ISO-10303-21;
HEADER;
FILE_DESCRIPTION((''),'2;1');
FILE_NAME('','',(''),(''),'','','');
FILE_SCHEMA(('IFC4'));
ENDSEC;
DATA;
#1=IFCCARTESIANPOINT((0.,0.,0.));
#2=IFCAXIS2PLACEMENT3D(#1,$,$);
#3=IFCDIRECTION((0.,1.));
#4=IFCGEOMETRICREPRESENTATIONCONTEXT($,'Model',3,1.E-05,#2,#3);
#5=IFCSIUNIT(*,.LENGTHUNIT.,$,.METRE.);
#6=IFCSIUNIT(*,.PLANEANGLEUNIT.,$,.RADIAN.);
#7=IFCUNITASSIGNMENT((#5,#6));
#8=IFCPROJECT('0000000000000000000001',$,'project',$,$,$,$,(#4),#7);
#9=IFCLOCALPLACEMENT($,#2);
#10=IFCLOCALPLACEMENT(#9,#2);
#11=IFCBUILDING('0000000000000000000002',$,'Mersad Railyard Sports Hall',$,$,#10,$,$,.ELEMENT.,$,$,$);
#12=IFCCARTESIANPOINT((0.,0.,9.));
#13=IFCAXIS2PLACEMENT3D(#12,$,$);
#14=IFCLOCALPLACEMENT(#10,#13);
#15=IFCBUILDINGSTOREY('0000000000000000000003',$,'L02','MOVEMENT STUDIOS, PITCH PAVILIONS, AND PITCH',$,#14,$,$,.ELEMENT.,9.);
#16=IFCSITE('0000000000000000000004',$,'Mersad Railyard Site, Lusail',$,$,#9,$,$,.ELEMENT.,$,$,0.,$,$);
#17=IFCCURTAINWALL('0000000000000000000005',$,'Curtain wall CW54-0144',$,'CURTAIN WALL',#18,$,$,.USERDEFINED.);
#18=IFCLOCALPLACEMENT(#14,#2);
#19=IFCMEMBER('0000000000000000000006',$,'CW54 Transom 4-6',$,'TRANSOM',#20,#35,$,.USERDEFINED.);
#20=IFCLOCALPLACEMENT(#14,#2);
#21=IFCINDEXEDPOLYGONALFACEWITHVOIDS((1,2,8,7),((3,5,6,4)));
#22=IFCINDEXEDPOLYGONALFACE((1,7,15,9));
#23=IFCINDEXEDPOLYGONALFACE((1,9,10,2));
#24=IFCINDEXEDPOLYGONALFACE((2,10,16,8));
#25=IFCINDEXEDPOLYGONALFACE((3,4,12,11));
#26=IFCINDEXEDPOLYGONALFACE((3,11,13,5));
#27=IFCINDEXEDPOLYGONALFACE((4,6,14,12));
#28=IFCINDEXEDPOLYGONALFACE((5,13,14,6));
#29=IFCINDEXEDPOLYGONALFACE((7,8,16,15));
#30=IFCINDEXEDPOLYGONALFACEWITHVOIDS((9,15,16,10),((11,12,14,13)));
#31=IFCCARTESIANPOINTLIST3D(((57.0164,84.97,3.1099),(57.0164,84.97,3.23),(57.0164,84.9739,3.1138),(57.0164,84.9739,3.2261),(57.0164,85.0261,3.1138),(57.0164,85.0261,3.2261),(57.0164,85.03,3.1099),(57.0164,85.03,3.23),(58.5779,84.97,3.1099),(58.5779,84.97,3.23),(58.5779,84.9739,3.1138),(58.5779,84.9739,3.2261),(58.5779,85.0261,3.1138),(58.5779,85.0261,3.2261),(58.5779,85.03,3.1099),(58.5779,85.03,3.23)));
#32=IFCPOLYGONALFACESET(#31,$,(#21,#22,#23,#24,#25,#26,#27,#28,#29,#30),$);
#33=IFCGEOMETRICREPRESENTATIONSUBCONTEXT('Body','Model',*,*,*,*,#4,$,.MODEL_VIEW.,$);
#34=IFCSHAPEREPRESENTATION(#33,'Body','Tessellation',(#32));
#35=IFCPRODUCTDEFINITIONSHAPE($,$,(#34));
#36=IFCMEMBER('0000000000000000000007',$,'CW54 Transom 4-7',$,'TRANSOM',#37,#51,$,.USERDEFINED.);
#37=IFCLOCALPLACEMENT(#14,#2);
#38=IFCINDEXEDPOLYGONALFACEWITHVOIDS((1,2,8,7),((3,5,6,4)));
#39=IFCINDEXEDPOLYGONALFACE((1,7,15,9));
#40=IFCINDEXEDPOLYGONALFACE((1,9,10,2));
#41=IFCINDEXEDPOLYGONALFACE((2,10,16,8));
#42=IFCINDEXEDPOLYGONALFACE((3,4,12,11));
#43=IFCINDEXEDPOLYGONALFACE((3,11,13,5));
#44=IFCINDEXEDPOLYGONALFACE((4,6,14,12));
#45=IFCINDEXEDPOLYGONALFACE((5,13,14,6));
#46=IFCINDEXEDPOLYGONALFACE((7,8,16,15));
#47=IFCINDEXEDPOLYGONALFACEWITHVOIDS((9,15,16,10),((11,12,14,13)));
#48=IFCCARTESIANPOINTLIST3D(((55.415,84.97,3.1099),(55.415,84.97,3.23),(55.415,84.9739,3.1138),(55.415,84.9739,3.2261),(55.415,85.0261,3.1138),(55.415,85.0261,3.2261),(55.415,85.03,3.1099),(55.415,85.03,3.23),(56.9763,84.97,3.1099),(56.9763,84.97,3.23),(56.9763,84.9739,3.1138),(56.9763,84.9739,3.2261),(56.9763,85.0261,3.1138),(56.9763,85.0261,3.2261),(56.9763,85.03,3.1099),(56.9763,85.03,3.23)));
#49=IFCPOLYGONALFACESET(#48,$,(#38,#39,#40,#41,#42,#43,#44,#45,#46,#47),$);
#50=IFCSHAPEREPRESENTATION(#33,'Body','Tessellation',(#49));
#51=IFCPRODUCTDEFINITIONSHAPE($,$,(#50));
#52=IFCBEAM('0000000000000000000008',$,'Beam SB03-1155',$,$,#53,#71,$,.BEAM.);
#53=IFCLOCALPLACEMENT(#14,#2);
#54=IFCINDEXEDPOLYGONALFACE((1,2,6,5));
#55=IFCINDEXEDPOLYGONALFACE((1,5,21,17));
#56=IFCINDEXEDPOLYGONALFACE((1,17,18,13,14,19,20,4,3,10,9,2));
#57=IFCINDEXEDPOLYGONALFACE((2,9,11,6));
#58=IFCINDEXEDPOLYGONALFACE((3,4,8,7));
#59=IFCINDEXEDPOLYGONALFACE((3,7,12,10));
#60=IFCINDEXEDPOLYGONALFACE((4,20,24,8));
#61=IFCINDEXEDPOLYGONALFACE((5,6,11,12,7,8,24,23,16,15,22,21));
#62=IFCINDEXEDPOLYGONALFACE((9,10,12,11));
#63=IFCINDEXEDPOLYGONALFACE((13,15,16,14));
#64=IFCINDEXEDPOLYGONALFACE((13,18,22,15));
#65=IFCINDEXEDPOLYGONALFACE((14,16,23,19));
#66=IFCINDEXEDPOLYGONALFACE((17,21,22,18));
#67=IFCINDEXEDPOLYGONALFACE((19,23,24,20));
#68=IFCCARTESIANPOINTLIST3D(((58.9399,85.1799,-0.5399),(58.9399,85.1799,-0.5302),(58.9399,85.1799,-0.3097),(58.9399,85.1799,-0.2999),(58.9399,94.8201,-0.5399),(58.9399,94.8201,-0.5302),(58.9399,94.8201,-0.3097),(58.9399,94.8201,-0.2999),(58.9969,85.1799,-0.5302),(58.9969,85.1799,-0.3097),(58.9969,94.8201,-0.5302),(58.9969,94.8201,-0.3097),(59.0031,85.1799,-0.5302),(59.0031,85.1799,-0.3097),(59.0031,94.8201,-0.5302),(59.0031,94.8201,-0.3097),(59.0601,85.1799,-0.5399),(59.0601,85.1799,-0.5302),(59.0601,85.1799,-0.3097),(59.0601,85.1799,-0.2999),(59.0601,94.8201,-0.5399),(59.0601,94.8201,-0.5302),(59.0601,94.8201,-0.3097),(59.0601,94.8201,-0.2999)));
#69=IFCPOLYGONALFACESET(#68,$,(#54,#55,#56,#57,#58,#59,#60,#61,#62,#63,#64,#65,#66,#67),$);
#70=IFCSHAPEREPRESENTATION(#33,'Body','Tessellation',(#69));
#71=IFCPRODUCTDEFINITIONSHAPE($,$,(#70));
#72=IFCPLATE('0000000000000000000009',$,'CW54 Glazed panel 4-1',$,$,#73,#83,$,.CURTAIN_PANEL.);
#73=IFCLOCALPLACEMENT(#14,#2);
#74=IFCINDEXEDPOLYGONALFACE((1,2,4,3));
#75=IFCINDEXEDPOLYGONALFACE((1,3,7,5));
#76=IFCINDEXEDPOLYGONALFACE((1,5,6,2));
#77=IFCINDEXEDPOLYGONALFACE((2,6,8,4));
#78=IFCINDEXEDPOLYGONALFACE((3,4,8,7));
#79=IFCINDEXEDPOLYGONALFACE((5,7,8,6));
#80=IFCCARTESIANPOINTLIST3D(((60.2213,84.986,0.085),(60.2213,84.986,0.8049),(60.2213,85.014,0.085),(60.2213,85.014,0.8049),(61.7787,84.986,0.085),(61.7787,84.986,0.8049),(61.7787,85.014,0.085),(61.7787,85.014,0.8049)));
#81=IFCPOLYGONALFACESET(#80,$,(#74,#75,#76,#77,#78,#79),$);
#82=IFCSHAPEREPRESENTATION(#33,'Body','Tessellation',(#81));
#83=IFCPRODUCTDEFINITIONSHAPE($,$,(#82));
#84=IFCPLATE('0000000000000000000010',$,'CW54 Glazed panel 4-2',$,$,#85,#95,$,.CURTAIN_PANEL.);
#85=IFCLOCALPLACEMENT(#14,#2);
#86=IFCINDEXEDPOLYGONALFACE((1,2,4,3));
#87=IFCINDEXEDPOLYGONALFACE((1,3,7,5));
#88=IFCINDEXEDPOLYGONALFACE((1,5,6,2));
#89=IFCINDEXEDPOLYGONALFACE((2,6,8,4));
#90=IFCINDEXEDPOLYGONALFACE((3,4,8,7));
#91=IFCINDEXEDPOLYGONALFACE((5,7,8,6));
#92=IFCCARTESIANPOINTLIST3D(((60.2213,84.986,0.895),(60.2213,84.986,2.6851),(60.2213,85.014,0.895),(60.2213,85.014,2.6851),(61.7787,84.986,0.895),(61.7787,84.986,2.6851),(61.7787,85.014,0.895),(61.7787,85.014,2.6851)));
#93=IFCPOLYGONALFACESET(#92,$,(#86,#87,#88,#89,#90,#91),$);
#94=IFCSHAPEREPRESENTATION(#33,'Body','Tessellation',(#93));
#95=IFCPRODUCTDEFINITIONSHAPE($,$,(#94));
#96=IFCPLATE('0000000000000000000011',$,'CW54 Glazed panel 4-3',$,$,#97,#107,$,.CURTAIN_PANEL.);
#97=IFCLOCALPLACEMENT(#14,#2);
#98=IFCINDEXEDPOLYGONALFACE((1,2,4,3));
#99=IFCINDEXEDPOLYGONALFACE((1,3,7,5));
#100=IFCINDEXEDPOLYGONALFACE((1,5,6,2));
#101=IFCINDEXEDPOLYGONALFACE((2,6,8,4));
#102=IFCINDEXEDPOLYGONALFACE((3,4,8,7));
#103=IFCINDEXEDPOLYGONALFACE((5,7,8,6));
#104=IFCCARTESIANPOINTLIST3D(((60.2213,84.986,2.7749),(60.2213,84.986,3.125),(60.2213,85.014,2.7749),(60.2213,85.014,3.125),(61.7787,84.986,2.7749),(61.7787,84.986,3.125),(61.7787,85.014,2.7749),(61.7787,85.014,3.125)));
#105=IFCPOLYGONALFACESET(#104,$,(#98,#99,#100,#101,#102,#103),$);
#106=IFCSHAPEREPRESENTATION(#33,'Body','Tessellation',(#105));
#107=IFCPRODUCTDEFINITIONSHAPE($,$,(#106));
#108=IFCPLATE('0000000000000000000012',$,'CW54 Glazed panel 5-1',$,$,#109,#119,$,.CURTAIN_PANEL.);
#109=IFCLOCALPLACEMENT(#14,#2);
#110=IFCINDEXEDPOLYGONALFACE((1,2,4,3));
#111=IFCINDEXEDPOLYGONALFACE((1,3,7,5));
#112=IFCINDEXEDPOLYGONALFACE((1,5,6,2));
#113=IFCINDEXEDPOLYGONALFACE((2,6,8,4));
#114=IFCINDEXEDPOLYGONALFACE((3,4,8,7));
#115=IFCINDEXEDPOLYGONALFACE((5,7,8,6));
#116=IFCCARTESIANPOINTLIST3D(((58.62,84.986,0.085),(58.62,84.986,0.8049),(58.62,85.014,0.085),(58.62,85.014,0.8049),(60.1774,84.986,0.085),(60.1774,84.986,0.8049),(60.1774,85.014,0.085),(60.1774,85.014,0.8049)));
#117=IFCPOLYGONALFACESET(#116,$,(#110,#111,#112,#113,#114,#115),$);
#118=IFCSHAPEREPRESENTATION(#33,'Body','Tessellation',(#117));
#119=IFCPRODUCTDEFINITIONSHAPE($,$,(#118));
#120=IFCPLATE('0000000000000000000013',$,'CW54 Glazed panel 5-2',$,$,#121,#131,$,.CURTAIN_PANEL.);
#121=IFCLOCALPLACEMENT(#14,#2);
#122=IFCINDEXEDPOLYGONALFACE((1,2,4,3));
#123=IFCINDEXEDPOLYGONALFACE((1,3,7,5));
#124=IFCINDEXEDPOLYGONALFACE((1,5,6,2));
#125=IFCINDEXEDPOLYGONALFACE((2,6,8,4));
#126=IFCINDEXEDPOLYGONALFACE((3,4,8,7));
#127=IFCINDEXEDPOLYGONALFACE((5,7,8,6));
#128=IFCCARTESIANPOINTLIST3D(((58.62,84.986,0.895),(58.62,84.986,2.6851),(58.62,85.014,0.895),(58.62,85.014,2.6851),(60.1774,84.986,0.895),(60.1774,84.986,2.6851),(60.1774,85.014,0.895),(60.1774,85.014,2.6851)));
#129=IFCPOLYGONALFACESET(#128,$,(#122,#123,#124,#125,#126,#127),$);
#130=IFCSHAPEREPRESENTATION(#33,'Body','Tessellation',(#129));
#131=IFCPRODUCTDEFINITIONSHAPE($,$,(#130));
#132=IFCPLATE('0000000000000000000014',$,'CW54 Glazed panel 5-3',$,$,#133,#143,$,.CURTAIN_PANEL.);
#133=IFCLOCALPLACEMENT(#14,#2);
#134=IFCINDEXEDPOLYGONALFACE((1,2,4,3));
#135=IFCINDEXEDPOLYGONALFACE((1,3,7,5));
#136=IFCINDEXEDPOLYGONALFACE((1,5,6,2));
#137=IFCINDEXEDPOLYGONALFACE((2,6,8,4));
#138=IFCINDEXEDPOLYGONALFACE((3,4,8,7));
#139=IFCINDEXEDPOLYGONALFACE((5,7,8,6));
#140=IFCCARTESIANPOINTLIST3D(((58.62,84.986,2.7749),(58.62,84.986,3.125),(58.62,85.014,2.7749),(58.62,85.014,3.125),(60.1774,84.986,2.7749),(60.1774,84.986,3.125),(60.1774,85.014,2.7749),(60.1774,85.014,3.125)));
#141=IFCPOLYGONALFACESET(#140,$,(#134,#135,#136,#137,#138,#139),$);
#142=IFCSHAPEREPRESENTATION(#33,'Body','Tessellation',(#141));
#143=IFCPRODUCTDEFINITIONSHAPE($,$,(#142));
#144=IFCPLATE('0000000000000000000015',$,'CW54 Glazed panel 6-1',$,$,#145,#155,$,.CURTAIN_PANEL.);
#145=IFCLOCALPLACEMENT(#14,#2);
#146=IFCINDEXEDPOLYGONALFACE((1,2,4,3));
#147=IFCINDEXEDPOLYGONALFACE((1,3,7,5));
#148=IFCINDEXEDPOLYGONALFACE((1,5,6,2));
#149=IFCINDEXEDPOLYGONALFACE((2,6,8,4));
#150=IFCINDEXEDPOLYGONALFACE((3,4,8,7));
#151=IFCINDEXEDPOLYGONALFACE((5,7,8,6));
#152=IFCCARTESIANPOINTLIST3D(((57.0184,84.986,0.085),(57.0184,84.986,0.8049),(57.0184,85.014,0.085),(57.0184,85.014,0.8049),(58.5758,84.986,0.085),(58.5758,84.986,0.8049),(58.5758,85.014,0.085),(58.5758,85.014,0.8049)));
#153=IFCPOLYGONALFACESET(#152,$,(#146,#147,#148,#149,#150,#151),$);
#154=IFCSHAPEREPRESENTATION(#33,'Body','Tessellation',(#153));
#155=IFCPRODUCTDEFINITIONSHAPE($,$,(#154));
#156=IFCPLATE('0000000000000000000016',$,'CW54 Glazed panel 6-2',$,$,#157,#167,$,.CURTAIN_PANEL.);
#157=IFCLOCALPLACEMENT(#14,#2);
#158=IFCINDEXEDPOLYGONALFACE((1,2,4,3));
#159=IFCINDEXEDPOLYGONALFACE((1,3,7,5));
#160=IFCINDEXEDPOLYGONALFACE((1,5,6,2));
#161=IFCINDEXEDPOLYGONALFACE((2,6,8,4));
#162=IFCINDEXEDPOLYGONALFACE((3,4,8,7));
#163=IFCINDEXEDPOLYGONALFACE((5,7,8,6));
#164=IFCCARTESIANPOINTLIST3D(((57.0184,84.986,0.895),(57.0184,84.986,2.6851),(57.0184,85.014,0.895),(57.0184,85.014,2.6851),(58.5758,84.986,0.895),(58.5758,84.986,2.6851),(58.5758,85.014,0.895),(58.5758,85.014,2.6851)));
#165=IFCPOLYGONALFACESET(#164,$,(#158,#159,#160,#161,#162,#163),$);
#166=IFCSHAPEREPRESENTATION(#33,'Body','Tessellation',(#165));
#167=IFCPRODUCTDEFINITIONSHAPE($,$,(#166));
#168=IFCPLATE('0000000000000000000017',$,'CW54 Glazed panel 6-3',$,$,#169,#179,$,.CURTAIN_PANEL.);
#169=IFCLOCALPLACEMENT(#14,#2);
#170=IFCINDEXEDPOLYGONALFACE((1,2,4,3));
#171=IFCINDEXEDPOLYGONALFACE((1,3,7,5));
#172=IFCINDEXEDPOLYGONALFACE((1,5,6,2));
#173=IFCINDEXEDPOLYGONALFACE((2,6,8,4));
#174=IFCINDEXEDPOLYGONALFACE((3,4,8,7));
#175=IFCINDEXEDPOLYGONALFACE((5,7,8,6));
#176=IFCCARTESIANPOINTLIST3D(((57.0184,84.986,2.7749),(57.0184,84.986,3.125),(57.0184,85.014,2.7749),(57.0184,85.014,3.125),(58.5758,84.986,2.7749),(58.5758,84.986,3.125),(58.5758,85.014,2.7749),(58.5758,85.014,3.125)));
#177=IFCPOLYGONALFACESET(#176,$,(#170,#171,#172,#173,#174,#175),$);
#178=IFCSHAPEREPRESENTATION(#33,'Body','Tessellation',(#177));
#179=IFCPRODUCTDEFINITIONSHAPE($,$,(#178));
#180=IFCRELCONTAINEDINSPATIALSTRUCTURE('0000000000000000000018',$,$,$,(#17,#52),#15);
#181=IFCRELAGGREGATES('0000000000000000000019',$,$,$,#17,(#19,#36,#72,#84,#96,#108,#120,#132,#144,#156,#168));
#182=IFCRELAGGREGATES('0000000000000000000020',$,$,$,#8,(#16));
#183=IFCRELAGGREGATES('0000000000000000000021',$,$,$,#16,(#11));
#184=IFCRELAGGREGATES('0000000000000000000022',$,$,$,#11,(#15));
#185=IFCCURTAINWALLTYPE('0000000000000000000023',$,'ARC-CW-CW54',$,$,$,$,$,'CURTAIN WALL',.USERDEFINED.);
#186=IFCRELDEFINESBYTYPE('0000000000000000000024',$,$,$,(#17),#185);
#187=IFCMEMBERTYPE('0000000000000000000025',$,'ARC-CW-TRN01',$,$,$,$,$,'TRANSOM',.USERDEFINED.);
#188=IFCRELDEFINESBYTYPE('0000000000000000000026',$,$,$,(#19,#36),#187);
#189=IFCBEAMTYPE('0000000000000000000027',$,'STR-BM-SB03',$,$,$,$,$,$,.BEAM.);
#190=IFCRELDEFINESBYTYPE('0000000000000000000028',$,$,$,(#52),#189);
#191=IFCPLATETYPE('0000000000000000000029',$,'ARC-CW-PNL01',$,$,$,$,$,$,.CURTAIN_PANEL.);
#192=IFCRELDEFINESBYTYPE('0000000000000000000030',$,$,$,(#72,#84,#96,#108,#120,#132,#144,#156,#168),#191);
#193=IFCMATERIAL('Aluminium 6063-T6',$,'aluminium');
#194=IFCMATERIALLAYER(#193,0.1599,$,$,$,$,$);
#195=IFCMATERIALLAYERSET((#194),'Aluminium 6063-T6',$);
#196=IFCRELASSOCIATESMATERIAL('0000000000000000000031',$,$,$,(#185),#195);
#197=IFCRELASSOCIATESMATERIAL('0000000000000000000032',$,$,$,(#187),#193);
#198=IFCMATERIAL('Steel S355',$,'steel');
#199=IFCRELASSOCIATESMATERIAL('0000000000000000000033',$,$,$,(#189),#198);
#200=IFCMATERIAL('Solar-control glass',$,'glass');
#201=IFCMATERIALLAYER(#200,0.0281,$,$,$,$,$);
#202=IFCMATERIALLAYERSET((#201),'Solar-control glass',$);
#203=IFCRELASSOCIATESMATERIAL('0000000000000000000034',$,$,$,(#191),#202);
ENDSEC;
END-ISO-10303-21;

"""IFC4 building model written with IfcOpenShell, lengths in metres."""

from ifc_helpers import new_model, si_unit, direction, frame, origin, origin_2d, place, context, subcontext, project, spatial, rectangle, hollow_rectangle, i_section, extrude, material, layer, layer_set, material_profile, profile_set, type_object, element, aggregate, save


model = new_model("IFC4")

# Units and contexts
model_context = context("Model", 3, precision=1e-05, world=origin(), true_north=direction((0.0, 1.0)))
body_context = subcontext(model_context, "Body", "Model", "MODEL_VIEW")
ifc_project = project(units=[si_unit("LENGTHUNIT", "METRE"), si_unit("PLANEANGLEUNIT", "RADIAN")], contexts=[model_context])

# Site, building, storey
site_placement = place(None, origin())
site = spatial("IfcSite", under=ifc_project, at=site_placement, Name="Mersad Railyard Site, Lusail", CompositionType="ELEMENT", RefElevation=0.0)
building_placement = place(site_placement, origin())
building = spatial("IfcBuilding", under=site, at=building_placement, Name="Mersad Railyard Sports Hall", CompositionType="ELEMENT")
storey_placement = place(building_placement, frame((0.0, 0.0, 9.0)))
storey = spatial("IfcBuildingStorey", under=building, at=storey_placement, Name="L02", Description="MOVEMENT STUDIOS, PITCH PAVILIONS, AND PITCH", CompositionType="ELEMENT", Elevation=9.0)

# Curtain wall, members
ifc_material_1 = material(Name="Aluminium 6063-T6", Category="aluminium")
ifc_layer_1 = layer(ifc_material_1, 0.1599)
ifc_layer_set_1 = layer_set([ifc_layer_1], Name="Aluminium 6063-T6")
curtain_wall_type = type_object("IfcCurtainWallType", Name="ARC-CW-CW54", ElementType="CURTAIN WALL", PredefinedType="USERDEFINED", material=ifc_layer_set_1)
curtain_wall_placement = place(storey_placement, origin())
curtain_wall = element("IfcCurtainWall", 1, at=curtain_wall_placement, inside=storey, type_object=curtain_wall_type, Name="Curtain wall CW54-0144", ObjectType="CURTAIN WALL", PredefinedType="USERDEFINED")
ifc_material_profile_1 = material_profile(ifc_material_1, hollow_rectangle(XDim=0.0601, YDim=0.1201, WallThickness=0.0039, at=origin_2d()), Name="AL TRANSOM 60x120x4")
ifc_profile_set_1 = profile_set([ifc_material_profile_1], Name="Aluminium 6063-T6")
member_type_1 = type_object("IfcMemberType", Name="ARC-CW-TRN01", ElementType="TRANSOM", PredefinedType="USERDEFINED", material=ifc_profile_set_1)
member_1_placement = place(storey_placement, frame((58.5779, 85.0, 3.1699), z_axis=(-1.0, 0.0, 0.0), x_axis=(0.0, -1.0, 0.0)))
member_1 = element("IfcMember", 2, at=member_1_placement, type_object=member_type_1, Name="CW54 Transom 4-6", ObjectType="TRANSOM", PredefinedType="USERDEFINED", context=body_context, shape_type="SweptSolid", body=[
    extrude(hollow_rectangle(XDim=0.0601, YDim=0.1201, WallThickness=0.0039, at=origin_2d()), origin(), (0.0, 0.0, 1.0), 1.5615),
])
member_2_placement = place(storey_placement, frame((56.9763, 85.0, 3.1699), z_axis=(-1.0, 0.0, 0.0), x_axis=(0.0, -1.0, 0.0)))
member_2 = element("IfcMember", 3, at=member_2_placement, type_object=member_type_1, Name="CW54 Transom 4-7", ObjectType="TRANSOM", PredefinedType="USERDEFINED", context=body_context, shape_type="SweptSolid", body=[
    extrude(hollow_rectangle(XDim=0.0601, YDim=0.1201, WallThickness=0.0039, at=origin_2d()), origin(), (0.0, 0.0, 1.0), 1.5613),
])

# Beam
ifc_material_2 = material(Name="Steel S355", Category="steel")
ifc_material_profile_2 = material_profile(ifc_material_2, i_section(OverallWidth=0.1201, OverallDepth=0.24, WebThickness=0.0061, FlangeThickness=0.0098, at=origin_2d()), Name="IPE 240")
ifc_profile_set_2 = profile_set([ifc_material_profile_2], Name="Steel S355")
beam_type = type_object("IfcBeamType", Name="STR-BM-SB03", PredefinedType="BEAM", material=ifc_profile_set_2)
beam_placement = place(storey_placement, frame((59.0, 85.1799, -0.4199), z_axis=(0.0, 1.0, 0.0), x_axis=(-1.0, 0.0, 0.0)))
element("IfcBeam", 4, at=beam_placement, inside=storey, type_object=beam_type, Name="Beam SB03-1155", PredefinedType="BEAM", context=body_context, shape_type="SweptSolid", body=[
    extrude(i_section(OverallWidth=0.1201, OverallDepth=0.24, WebThickness=0.0061, FlangeThickness=0.0098, at=origin_2d()), origin(), (0.0, 0.0, 1.0), 9.6401),
])

# Plates
ifc_material_3 = material(Name="Solar-control glass", Category="glass")
ifc_layer_2 = layer(ifc_material_3, 0.0281)
ifc_layer_set_2 = layer_set([ifc_layer_2], Name="Solar-control glass")
plate_type = type_object("IfcPlateType", Name="ARC-CW-PNL01", PredefinedType="CURTAIN_PANEL", material=ifc_layer_set_2)
plate_1_placement = place(storey_placement, frame((61.0, 85.0, 0.085), z_axis=(0.0, 0.0, 1.0), x_axis=(-1.0, 0.0, 0.0)))
plate_1 = element("IfcPlate", 5, at=plate_1_placement, type_object=plate_type, Name="CW54 Glazed panel 4-1", PredefinedType="CURTAIN_PANEL", context=body_context, shape_type="SweptSolid", body=[
    extrude(rectangle(XDim=1.5574, YDim=0.0281, at=origin_2d()), origin(), (0.0, 0.0, 1.0), 0.72),
])
plate_2_placement = place(storey_placement, frame((61.0, 85.0, 0.895), z_axis=(0.0, 0.0, 1.0), x_axis=(-1.0, 0.0, 0.0)))
plate_2 = element("IfcPlate", 6, at=plate_2_placement, type_object=plate_type, Name="CW54 Glazed panel 4-2", PredefinedType="CURTAIN_PANEL", context=body_context, shape_type="SweptSolid", body=[
    extrude(rectangle(XDim=1.5574, YDim=0.0281, at=origin_2d()), origin(), (0.0, 0.0, 1.0), 1.79),
])
plate_3_placement = place(storey_placement, frame((61.0, 85.0, 2.7749), z_axis=(0.0, 0.0, 1.0), x_axis=(-1.0, 0.0, 0.0)))
plate_3 = element("IfcPlate", 7, at=plate_3_placement, type_object=plate_type, Name="CW54 Glazed panel 4-3", PredefinedType="CURTAIN_PANEL", context=body_context, shape_type="SweptSolid", body=[
    extrude(rectangle(XDim=1.5574, YDim=0.0281, at=origin_2d()), origin(), (0.0, 0.0, 1.0), 0.3501),
])
plate_4_placement = place(storey_placement, frame((59.3987, 85.0, 0.085), z_axis=(0.0, 0.0, 1.0), x_axis=(-1.0, 0.0, 0.0)))
plate_4 = element("IfcPlate", 8, at=plate_4_placement, type_object=plate_type, Name="CW54 Glazed panel 5-1", PredefinedType="CURTAIN_PANEL", context=body_context, shape_type="SweptSolid", body=[
    extrude(rectangle(XDim=1.5574, YDim=0.0281, at=origin_2d()), origin(), (0.0, 0.0, 1.0), 0.72),
])
plate_5_placement = place(storey_placement, frame((59.3987, 85.0, 0.895), z_axis=(0.0, 0.0, 1.0), x_axis=(-1.0, 0.0, 0.0)))
plate_5 = element("IfcPlate", 9, at=plate_5_placement, type_object=plate_type, Name="CW54 Glazed panel 5-2", PredefinedType="CURTAIN_PANEL", context=body_context, shape_type="SweptSolid", body=[
    extrude(rectangle(XDim=1.5574, YDim=0.0281, at=origin_2d()), origin(), (0.0, 0.0, 1.0), 1.79),
])
plate_6_placement = place(storey_placement, frame((59.3987, 85.0, 2.7749), z_axis=(0.0, 0.0, 1.0), x_axis=(-1.0, 0.0, 0.0)))
plate_6 = element("IfcPlate", 10, at=plate_6_placement, type_object=plate_type, Name="CW54 Glazed panel 5-3", PredefinedType="CURTAIN_PANEL", context=body_context, shape_type="SweptSolid", body=[
    extrude(rectangle(XDim=1.5574, YDim=0.0281, at=origin_2d()), origin(), (0.0, 0.0, 1.0), 0.3501),
])
plate_7_placement = place(storey_placement, frame((57.7971, 85.0, 0.085), z_axis=(0.0, 0.0, 1.0), x_axis=(-1.0, 0.0, 0.0)))
plate_7 = element("IfcPlate", 11, at=plate_7_placement, type_object=plate_type, Name="CW54 Glazed panel 6-1", PredefinedType="CURTAIN_PANEL", context=body_context, shape_type="SweptSolid", body=[
    extrude(rectangle(XDim=1.5574, YDim=0.0281, at=origin_2d()), origin(), (0.0, 0.0, 1.0), 0.72),
])
plate_8_placement = place(storey_placement, frame((57.7971, 85.0, 0.895), z_axis=(0.0, 0.0, 1.0), x_axis=(-1.0, 0.0, 0.0)))
plate_8 = element("IfcPlate", 12, at=plate_8_placement, type_object=plate_type, Name="CW54 Glazed panel 6-2", PredefinedType="CURTAIN_PANEL", context=body_context, shape_type="SweptSolid", body=[
    extrude(rectangle(XDim=1.5574, YDim=0.0281, at=origin_2d()), origin(), (0.0, 0.0, 1.0), 1.79),
])
plate_9_placement = place(storey_placement, frame((57.7971, 85.0, 2.7749), z_axis=(0.0, 0.0, 1.0), x_axis=(-1.0, 0.0, 0.0)))
plate_9 = element("IfcPlate", 13, at=plate_9_placement, type_object=plate_type, Name="CW54 Glazed panel 6-3", PredefinedType="CURTAIN_PANEL", context=body_context, shape_type="SweptSolid", body=[
    extrude(rectangle(XDim=1.5574, YDim=0.0281, at=origin_2d()), origin(), (0.0, 0.0, 1.0), 0.3501),
])
aggregate(curtain_wall, [member_1, member_2, plate_1, plate_2, plate_3, plate_4, plate_5, plate_6, plate_7, plate_8, plate_9])

save(model, "model.ifc")
